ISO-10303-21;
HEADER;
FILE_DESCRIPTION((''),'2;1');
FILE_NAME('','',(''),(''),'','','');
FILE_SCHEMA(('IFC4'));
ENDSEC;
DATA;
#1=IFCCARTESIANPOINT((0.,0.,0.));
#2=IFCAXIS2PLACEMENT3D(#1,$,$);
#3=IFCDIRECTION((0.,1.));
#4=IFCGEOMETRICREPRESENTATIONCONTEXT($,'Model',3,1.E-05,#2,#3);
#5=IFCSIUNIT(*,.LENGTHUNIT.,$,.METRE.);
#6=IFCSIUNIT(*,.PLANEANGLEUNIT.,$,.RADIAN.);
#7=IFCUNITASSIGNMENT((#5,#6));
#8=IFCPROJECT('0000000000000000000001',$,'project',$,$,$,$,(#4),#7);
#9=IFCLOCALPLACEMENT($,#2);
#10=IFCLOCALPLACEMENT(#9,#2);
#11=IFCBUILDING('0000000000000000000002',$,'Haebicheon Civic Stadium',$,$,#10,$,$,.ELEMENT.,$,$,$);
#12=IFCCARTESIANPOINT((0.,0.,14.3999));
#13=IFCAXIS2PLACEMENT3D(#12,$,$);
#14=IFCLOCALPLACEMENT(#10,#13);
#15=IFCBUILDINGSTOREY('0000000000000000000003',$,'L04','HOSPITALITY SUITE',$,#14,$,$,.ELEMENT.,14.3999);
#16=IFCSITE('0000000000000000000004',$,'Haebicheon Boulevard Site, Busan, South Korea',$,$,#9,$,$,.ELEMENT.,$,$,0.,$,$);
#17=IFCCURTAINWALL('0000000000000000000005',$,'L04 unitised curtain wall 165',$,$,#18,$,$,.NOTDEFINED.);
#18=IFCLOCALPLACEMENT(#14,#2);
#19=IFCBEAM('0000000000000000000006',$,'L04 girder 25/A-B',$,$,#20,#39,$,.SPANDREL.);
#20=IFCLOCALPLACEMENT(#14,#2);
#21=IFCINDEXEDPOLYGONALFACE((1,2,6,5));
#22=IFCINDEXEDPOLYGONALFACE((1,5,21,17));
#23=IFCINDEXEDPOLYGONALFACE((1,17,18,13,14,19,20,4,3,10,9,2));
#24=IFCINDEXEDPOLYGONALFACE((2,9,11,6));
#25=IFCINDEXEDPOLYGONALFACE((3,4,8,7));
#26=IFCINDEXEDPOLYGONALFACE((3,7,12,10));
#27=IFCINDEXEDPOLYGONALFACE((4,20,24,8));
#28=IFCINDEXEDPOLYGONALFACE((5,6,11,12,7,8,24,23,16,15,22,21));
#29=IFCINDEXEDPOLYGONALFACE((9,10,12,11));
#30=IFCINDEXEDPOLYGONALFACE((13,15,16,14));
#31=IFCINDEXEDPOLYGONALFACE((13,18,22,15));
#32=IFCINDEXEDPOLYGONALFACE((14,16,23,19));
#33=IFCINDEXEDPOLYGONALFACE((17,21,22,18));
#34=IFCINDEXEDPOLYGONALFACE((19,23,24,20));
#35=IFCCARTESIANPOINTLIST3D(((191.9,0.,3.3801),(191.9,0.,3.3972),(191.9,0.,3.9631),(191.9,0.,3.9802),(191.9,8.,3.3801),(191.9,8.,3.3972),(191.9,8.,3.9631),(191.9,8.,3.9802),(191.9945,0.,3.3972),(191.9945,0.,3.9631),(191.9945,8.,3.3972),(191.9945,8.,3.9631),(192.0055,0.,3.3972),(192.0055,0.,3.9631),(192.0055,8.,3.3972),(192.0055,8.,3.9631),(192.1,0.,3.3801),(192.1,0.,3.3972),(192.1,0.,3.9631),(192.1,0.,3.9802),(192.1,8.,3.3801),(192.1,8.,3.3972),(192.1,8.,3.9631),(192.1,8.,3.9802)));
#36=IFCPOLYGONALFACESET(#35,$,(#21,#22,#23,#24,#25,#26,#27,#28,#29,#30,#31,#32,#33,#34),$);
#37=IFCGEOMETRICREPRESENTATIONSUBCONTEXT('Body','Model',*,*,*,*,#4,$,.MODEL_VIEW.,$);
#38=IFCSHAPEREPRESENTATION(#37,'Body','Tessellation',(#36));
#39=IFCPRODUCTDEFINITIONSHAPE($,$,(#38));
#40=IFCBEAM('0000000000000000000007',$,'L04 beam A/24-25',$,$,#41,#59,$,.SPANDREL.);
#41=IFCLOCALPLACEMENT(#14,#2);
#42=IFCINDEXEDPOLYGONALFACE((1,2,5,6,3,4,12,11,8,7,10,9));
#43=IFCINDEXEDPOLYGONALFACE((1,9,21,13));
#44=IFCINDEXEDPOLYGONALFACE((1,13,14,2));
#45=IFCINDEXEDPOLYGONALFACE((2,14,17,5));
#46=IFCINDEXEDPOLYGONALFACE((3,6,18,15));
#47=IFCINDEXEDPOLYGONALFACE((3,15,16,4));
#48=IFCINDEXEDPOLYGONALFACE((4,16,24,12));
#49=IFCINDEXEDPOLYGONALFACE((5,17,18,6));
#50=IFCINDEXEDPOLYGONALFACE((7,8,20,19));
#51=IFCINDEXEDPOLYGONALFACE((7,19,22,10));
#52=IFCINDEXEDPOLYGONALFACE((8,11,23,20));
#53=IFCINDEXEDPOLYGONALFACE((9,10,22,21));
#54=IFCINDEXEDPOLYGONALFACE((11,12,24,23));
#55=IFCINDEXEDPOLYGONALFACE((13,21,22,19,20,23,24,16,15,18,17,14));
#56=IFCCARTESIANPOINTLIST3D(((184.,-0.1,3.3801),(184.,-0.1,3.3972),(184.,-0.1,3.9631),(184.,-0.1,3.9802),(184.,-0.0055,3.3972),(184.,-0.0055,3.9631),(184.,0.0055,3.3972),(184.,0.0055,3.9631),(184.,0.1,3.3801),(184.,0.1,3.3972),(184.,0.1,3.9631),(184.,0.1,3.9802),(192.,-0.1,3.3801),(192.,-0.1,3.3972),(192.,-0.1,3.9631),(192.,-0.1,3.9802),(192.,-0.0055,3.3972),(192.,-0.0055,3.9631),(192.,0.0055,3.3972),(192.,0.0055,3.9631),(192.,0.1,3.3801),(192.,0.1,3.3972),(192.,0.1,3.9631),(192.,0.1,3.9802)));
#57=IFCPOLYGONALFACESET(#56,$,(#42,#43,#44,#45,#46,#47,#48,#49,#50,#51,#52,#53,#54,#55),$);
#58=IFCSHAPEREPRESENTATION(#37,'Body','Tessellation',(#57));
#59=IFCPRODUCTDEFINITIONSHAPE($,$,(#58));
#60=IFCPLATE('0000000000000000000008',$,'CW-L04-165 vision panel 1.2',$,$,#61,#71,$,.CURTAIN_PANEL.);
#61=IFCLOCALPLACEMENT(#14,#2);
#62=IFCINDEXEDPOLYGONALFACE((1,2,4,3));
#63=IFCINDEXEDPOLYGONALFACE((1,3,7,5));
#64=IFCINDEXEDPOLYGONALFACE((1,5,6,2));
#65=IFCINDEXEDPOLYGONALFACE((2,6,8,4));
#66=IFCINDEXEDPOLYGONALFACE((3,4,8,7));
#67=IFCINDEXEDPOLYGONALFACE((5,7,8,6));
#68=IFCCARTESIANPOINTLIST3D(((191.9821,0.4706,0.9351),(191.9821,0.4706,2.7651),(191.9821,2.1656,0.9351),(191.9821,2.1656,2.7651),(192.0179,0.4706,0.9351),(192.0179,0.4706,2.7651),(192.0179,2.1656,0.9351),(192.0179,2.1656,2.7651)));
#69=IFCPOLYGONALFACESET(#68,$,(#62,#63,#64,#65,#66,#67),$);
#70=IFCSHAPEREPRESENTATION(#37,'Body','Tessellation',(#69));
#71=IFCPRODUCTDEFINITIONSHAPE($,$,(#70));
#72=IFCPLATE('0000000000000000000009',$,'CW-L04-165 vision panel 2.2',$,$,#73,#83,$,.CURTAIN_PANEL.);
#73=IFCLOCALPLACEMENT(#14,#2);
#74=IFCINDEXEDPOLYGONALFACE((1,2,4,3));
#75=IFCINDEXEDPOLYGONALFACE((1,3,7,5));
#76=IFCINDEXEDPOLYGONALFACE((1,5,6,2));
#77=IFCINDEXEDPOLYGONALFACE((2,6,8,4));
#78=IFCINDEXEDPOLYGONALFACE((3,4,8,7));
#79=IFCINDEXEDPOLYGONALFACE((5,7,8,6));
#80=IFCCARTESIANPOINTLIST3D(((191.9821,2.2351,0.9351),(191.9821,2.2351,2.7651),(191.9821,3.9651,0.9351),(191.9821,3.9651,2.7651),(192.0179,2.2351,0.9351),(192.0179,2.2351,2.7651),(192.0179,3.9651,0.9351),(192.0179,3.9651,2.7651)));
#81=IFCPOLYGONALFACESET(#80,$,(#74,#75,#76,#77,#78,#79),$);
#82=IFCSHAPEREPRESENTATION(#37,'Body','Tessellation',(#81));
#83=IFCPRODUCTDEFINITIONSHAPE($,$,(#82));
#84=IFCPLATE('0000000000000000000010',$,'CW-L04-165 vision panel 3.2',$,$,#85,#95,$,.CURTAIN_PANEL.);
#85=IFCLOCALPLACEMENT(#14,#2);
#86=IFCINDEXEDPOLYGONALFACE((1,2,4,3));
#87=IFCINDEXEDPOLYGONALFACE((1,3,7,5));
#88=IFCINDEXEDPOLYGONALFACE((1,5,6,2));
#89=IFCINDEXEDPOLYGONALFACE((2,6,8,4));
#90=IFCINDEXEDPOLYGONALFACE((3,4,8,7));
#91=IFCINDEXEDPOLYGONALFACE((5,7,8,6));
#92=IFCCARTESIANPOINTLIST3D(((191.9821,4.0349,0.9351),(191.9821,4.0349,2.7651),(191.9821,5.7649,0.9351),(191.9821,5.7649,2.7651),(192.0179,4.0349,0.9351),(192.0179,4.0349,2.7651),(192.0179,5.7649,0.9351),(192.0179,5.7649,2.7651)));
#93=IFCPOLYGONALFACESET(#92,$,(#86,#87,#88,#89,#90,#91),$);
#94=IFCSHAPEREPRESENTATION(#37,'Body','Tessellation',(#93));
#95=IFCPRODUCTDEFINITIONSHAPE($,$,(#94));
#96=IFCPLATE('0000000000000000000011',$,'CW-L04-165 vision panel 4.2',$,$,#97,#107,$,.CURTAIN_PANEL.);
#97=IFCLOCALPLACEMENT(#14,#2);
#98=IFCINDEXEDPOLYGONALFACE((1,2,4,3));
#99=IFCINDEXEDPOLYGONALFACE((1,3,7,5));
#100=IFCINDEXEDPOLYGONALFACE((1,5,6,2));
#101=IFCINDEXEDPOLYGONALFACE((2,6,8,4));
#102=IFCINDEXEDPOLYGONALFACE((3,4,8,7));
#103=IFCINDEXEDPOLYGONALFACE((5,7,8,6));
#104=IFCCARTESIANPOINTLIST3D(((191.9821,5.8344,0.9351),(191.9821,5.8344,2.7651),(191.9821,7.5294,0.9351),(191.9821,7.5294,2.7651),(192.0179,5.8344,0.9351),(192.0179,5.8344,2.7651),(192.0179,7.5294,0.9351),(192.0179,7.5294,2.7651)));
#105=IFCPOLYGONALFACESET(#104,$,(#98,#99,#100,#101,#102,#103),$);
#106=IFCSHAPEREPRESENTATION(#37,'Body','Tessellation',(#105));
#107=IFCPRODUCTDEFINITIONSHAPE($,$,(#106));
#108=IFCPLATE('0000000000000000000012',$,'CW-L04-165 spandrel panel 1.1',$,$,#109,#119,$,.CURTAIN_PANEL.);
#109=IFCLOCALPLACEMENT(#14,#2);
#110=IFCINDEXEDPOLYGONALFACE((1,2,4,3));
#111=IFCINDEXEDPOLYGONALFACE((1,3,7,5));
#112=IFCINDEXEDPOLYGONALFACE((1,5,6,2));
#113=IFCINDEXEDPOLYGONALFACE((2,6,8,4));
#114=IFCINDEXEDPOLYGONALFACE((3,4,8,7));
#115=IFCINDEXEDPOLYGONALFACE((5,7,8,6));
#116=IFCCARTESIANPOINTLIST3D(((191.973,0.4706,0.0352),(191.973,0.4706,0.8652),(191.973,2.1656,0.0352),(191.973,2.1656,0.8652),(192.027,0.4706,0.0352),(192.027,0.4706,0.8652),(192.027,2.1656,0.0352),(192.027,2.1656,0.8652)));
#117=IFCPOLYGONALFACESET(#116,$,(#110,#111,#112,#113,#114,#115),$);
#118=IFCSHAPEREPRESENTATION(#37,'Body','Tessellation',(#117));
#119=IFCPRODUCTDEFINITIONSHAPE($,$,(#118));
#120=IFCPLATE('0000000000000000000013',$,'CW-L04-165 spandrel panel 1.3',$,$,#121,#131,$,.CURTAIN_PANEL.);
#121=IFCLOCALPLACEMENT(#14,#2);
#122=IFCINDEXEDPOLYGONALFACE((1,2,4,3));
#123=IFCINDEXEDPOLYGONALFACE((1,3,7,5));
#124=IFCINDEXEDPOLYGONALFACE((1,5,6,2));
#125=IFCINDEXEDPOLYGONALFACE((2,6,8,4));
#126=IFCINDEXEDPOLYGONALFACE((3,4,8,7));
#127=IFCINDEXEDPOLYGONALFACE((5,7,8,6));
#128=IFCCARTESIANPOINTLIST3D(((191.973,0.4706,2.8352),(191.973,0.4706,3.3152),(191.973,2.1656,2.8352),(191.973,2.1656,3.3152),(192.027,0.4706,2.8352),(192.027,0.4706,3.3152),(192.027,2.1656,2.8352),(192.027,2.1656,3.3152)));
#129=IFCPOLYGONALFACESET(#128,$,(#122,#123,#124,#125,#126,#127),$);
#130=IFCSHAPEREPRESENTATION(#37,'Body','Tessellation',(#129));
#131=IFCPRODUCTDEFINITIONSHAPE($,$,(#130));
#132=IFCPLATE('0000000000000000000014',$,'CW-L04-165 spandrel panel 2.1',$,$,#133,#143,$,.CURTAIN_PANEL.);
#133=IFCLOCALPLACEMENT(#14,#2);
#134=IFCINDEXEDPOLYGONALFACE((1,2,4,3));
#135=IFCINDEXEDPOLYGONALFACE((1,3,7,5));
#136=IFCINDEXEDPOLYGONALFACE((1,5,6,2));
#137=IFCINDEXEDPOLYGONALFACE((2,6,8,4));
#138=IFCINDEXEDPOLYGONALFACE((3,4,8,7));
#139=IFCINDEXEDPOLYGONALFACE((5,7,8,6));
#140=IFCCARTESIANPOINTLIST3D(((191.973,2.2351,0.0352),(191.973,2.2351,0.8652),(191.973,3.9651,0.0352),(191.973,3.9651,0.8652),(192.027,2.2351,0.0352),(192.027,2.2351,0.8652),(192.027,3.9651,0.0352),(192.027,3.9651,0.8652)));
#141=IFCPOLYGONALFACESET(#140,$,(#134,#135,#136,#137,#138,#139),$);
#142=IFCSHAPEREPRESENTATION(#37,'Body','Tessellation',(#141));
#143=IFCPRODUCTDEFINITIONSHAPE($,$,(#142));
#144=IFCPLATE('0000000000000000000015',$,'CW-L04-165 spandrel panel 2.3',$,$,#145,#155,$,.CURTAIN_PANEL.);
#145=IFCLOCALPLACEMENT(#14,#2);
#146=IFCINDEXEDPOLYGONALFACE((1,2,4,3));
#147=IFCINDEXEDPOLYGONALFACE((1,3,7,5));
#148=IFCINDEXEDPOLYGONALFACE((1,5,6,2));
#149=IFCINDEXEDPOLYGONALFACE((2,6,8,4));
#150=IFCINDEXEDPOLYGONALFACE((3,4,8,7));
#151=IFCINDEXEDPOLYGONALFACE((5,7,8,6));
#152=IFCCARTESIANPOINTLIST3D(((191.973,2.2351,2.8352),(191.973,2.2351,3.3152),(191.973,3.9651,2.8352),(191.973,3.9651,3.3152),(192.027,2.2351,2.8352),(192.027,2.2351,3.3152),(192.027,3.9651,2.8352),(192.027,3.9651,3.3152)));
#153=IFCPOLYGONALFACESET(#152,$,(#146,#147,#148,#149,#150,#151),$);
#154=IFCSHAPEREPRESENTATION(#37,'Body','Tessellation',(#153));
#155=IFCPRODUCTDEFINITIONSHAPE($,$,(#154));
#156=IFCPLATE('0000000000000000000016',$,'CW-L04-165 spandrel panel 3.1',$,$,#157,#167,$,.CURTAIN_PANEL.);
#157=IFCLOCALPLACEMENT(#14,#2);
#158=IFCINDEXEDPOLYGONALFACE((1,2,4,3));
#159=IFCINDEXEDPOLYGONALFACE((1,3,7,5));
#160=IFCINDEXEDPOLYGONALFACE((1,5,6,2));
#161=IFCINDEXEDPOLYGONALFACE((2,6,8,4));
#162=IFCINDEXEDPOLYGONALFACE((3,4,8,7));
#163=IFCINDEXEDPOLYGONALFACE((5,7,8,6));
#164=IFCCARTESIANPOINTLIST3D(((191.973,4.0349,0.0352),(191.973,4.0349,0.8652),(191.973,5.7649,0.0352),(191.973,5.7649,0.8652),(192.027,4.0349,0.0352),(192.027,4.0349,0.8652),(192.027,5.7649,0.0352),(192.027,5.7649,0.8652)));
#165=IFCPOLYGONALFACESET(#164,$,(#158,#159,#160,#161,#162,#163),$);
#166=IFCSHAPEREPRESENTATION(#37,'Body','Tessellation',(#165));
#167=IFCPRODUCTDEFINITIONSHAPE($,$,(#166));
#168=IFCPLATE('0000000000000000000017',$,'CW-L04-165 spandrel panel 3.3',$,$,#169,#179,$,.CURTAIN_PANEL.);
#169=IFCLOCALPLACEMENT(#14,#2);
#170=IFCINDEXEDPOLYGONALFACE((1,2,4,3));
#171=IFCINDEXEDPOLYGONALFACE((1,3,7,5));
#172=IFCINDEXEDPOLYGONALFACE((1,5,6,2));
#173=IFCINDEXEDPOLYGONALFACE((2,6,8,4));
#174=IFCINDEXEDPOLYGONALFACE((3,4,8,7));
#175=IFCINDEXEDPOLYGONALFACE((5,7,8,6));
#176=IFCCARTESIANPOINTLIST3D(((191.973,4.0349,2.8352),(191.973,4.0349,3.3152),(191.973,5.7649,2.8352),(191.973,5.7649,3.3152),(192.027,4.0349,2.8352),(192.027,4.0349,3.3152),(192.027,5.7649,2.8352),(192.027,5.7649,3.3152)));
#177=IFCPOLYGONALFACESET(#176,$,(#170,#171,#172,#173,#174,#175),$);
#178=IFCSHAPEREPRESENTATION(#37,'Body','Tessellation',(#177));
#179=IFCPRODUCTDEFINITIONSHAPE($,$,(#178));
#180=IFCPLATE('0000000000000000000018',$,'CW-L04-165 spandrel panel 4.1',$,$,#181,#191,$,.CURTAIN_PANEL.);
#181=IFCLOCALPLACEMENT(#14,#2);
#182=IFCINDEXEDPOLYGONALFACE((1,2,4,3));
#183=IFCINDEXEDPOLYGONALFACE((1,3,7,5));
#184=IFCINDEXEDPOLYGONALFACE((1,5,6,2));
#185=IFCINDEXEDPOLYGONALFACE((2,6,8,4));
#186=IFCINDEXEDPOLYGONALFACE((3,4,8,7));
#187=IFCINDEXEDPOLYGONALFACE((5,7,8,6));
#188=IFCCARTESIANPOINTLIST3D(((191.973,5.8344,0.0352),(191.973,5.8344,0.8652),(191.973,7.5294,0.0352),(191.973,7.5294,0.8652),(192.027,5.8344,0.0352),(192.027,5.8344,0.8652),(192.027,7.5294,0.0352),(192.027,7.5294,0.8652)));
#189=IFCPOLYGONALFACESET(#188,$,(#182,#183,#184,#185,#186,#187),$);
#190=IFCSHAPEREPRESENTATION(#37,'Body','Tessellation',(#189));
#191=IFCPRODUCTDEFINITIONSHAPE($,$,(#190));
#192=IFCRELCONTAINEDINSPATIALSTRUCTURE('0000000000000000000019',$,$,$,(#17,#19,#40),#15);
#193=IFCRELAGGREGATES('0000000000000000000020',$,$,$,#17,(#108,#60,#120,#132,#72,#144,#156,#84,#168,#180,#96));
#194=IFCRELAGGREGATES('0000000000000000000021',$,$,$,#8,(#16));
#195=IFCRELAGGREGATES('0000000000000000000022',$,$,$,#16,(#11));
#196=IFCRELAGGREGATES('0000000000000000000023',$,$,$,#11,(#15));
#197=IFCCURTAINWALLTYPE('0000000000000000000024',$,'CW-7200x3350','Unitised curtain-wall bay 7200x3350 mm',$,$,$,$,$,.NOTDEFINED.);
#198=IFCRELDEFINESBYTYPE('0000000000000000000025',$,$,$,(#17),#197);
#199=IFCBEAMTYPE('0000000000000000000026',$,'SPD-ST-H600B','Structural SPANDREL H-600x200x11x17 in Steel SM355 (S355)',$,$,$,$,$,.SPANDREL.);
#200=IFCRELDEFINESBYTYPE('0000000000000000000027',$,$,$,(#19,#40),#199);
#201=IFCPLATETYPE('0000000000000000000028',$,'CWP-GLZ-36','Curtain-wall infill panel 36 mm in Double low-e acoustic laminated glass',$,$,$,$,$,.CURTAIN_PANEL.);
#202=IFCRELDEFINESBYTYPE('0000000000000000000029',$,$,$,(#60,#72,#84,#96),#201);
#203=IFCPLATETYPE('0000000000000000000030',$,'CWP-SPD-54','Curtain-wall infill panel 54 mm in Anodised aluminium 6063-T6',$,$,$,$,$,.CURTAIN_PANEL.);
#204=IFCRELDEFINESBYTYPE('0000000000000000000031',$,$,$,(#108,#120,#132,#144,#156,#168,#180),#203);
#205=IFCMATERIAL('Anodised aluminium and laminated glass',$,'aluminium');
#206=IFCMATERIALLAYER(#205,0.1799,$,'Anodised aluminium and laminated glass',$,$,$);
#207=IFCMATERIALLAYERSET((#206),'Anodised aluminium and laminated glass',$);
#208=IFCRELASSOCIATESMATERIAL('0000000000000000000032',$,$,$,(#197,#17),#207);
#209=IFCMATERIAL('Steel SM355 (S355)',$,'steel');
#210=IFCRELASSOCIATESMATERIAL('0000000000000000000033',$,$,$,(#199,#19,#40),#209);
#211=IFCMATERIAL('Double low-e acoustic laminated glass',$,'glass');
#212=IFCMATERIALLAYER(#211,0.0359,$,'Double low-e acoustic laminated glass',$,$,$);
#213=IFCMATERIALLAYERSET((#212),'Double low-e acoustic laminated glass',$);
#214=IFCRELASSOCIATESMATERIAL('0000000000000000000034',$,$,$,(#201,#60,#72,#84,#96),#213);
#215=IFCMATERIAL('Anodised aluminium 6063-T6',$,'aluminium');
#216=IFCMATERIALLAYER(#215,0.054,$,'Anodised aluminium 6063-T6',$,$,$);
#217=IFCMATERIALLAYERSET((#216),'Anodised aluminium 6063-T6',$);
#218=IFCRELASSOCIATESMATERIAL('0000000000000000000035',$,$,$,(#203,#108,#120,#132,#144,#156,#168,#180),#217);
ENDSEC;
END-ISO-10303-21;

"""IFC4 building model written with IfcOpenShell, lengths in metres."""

from ifc_helpers import new_model, si_unit, direction, frame, origin, origin_2d, place, context, subcontext, project, spatial, rectangle, i_section, extrude, material, layer, layer_set, material_profile, profile_set, type_object, element, aggregate, save


model = new_model("IFC4")

# Units and contexts
model_context = context("Model", 3, precision=1e-05, world=origin(), true_north=direction((0.0, 1.0)))
body_context = subcontext(model_context, "Body", "Model", "MODEL_VIEW")
ifc_project = project(units=[si_unit("LENGTHUNIT", "METRE"), si_unit("PLANEANGLEUNIT", "RADIAN")], contexts=[model_context])

# Site, building, storey
site_placement = place(None, origin())
site = spatial("IfcSite", under=ifc_project, at=site_placement, Name="Haebicheon Boulevard Site, Busan, South Korea", CompositionType="ELEMENT", RefElevation=0.0)
building_placement = place(site_placement, origin())
building = spatial("IfcBuilding", under=site, at=building_placement, Name="Haebicheon Civic Stadium", CompositionType="ELEMENT")
storey_placement = place(building_placement, frame((0.0, 0.0, 14.3999)))
storey = spatial("IfcBuildingStorey", under=building, at=storey_placement, Name="L04", Description="HOSPITALITY SUITE", CompositionType="ELEMENT", Elevation=14.3999)

# Curtain wall
ifc_material_1 = material(Name="Anodised aluminium and laminated glass", Category="aluminium")
ifc_layer_1 = layer(ifc_material_1, 0.1799, Name="Anodised aluminium and laminated glass")
ifc_layer_set_1 = layer_set([ifc_layer_1], Name="Anodised aluminium and laminated glass")
curtain_wall_type = type_object("IfcCurtainWallType", Name="CW-7200x3350", Description="Unitised curtain-wall bay 7200x3350 mm", PredefinedType="NOTDEFINED", material=ifc_layer_set_1)
curtain_wall_placement = place(storey_placement, origin())
curtain_wall = element("IfcCurtainWall", 1, at=curtain_wall_placement, inside=storey, type_object=curtain_wall_type, material=ifc_layer_set_1, Name="L04 unitised curtain wall 165", PredefinedType="NOTDEFINED")

# Beams
ifc_material_2 = material(Name="Steel SM355 (S355)", Category="steel")
ifc_material_profile_1 = material_profile(ifc_material_2, i_section(OverallWidth=0.2, OverallDepth=0.6001, WebThickness=0.011, FlangeThickness=0.0171, at=origin_2d()), Name="H-600x200x11x17")
ifc_profile_set_1 = profile_set([ifc_material_profile_1], Name="Steel SM355 (S355)")
beam_type_1 = type_object("IfcBeamType", Name="SPD-ST-H600B", Description="Structural SPANDREL H-600x200x11x17 in Steel SM355 (S355)", PredefinedType="SPANDREL", material=ifc_profile_set_1)
for number, where, z_axis, x_axis, name in (
    (2, (192.0, 0.0, 3.6802), (0.0, 1.0, 0.0), (-1.0, 0.0, 0.0), "L04 girder 25/A-B"),
    (3, (184.0, 0.0, 3.6802), (1.0, 0.0, 0.0), (0.0, 1.0, 0.0), "L04 beam A/24-25"),
):
    element("IfcBeam", number, at=place(storey_placement, frame(where, z_axis=z_axis, x_axis=x_axis)), inside=storey, type_object=beam_type_1, material=ifc_profile_set_1, Name=name, PredefinedType="SPANDREL", context=body_context, shape_type="SweptSolid", body=[
        extrude(i_section(OverallWidth=0.2, OverallDepth=0.6001, WebThickness=0.011, FlangeThickness=0.0171, at=origin_2d()), origin(), (0.0, 0.0, 1.0), 8.0),
    ])

# Plates
ifc_material_3 = material(Name="Double low-e acoustic laminated glass", Category="glass")
ifc_layer_2 = layer(ifc_material_3, 0.0359, Name="Double low-e acoustic laminated glass")
ifc_layer_set_2 = layer_set([ifc_layer_2], Name="Double low-e acoustic laminated glass")
plate_type_1 = type_object("IfcPlateType", Name="CWP-GLZ-36", Description="Curtain-wall infill panel 36 mm in Double low-e acoustic laminated glass", PredefinedType="CURTAIN_PANEL", material=ifc_layer_set_2)
plate_1_placement = place(storey_placement, frame((192.0, 1.3181, 0.9351), z_axis=(0.0, 0.0, 1.0), x_axis=(0.0, 1.0, 0.0)))
plate_1 = element("IfcPlate", 4, at=plate_1_placement, type_object=plate_type_1, material=ifc_layer_set_2, Name="CW-L04-165 vision panel 1.2", PredefinedType="CURTAIN_PANEL", context=body_context, shape_type="SweptSolid", body=[
    extrude(rectangle(XDim=1.6951, YDim=0.0359, at=origin_2d()), origin(), (0.0, 0.0, 1.0), 1.8301),
])
plate_2_placement = place(storey_placement, frame((192.0, 3.1001, 0.9351), z_axis=(0.0, 0.0, 1.0), x_axis=(0.0, 1.0, 0.0)))
plate_2 = element("IfcPlate", 5, at=plate_2_placement, type_object=plate_type_1, material=ifc_layer_set_2, Name="CW-L04-165 vision panel 2.2", PredefinedType="CURTAIN_PANEL", context=body_context, shape_type="SweptSolid", body=[
    extrude(rectangle(XDim=1.73, YDim=0.0359, at=origin_2d()), origin(), (0.0, 0.0, 1.0), 1.8301),
])
plate_3_placement = place(storey_placement, frame((192.0, 4.8999, 0.9351), z_axis=(0.0, 0.0, 1.0), x_axis=(0.0, 1.0, 0.0)))
plate_3 = element("IfcPlate", 6, at=plate_3_placement, type_object=plate_type_1, material=ifc_layer_set_2, Name="CW-L04-165 vision panel 3.2", PredefinedType="CURTAIN_PANEL", context=body_context, shape_type="SweptSolid", body=[
    extrude(rectangle(XDim=1.73, YDim=0.0359, at=origin_2d()), origin(), (0.0, 0.0, 1.0), 1.8301),
])
plate_4_placement = place(storey_placement, frame((192.0, 6.6819, 0.9351), z_axis=(0.0, 0.0, 1.0), x_axis=(0.0, 1.0, 0.0)))
plate_4 = element("IfcPlate", 7, at=plate_4_placement, type_object=plate_type_1, material=ifc_layer_set_2, Name="CW-L04-165 vision panel 4.2", PredefinedType="CURTAIN_PANEL", context=body_context, shape_type="SweptSolid", body=[
    extrude(rectangle(XDim=1.6951, YDim=0.0359, at=origin_2d()), origin(), (0.0, 0.0, 1.0), 1.8301),
])
ifc_material_4 = material(Name="Anodised aluminium 6063-T6", Category="aluminium")
ifc_layer_3 = layer(ifc_material_4, 0.054, Name="Anodised aluminium 6063-T6")
ifc_layer_set_3 = layer_set([ifc_layer_3], Name="Anodised aluminium 6063-T6")
plate_type_2 = type_object("IfcPlateType", Name="CWP-SPD-54", Description="Curtain-wall infill panel 54 mm in Anodised aluminium 6063-T6", PredefinedType="CURTAIN_PANEL", material=ifc_layer_set_3)
plate_5_placement = place(storey_placement, frame((192.0, 1.3181, 0.0352), z_axis=(0.0, 0.0, 1.0), x_axis=(0.0, 1.0, 0.0)))
plate_5 = element("IfcPlate", 8, at=plate_5_placement, type_object=plate_type_2, material=ifc_layer_set_3, Name="CW-L04-165 spandrel panel 1.1", PredefinedType="CURTAIN_PANEL", context=body_context, shape_type="SweptSolid", body=[
    extrude(rectangle(XDim=1.6951, YDim=0.054, at=origin_2d()), origin(), (0.0, 0.0, 1.0), 0.8301),
])
plate_6_placement = place(storey_placement, frame((192.0, 1.3181, 2.8352), z_axis=(0.0, 0.0, 1.0), x_axis=(0.0, 1.0, 0.0)))
plate_6 = element("IfcPlate", 9, at=plate_6_placement, type_object=plate_type_2, material=ifc_layer_set_3, Name="CW-L04-165 spandrel panel 1.3", PredefinedType="CURTAIN_PANEL", context=body_context, shape_type="SweptSolid", body=[
    extrude(rectangle(XDim=1.6951, YDim=0.054, at=origin_2d()), origin(), (0.0, 0.0, 1.0), 0.48),
])
plate_7_placement = place(storey_placement, frame((192.0, 3.1001, 0.0352), z_axis=(0.0, 0.0, 1.0), x_axis=(0.0, 1.0, 0.0)))
plate_7 = element("IfcPlate", 10, at=plate_7_placement, type_object=plate_type_2, material=ifc_layer_set_3, Name="CW-L04-165 spandrel panel 2.1", PredefinedType="CURTAIN_PANEL", context=body_context, shape_type="SweptSolid", body=[
    extrude(rectangle(XDim=1.73, YDim=0.054, at=origin_2d()), origin(), (0.0, 0.0, 1.0), 0.8301),
])
plate_8_placement = place(storey_placement, frame((192.0, 3.1001, 2.8352), z_axis=(0.0, 0.0, 1.0), x_axis=(0.0, 1.0, 0.0)))
plate_8 = element("IfcPlate", 11, at=plate_8_placement, type_object=plate_type_2, material=ifc_layer_set_3, Name="CW-L04-165 spandrel panel 2.3", PredefinedType="CURTAIN_PANEL", context=body_context, shape_type="SweptSolid", body=[
    extrude(rectangle(XDim=1.73, YDim=0.054, at=origin_2d()), origin(), (0.0, 0.0, 1.0), 0.48),
])
plate_9_placement = place(storey_placement, frame((192.0, 4.8999, 0.0352), z_axis=(0.0, 0.0, 1.0), x_axis=(0.0, 1.0, 0.0)))
plate_9 = element("IfcPlate", 12, at=plate_9_placement, type_object=plate_type_2, material=ifc_layer_set_3, Name="CW-L04-165 spandrel panel 3.1", PredefinedType="CURTAIN_PANEL", context=body_context, shape_type="SweptSolid", body=[
    extrude(rectangle(XDim=1.73, YDim=0.054, at=origin_2d()), origin(), (0.0, 0.0, 1.0), 0.8301),
])
plate_10_placement = place(storey_placement, frame((192.0, 4.8999, 2.8352), z_axis=(0.0, 0.0, 1.0), x_axis=(0.0, 1.0, 0.0)))
plate_10 = element("IfcPlate", 13, at=plate_10_placement, type_object=plate_type_2, material=ifc_layer_set_3, Name="CW-L04-165 spandrel panel 3.3", PredefinedType="CURTAIN_PANEL", context=body_context, shape_type="SweptSolid", body=[
    extrude(rectangle(XDim=1.73, YDim=0.054, at=origin_2d()), origin(), (0.0, 0.0, 1.0), 0.48),
])
plate_11_placement = place(storey_placement, frame((192.0, 6.6819, 0.0352), z_axis=(0.0, 0.0, 1.0), x_axis=(0.0, 1.0, 0.0)))
plate_11 = element("IfcPlate", 14, at=plate_11_placement, type_object=plate_type_2, material=ifc_layer_set_3, Name="CW-L04-165 spandrel panel 4.1", PredefinedType="CURTAIN_PANEL", context=body_context, shape_type="SweptSolid", body=[
    extrude(rectangle(XDim=1.6951, YDim=0.054, at=origin_2d()), origin(), (0.0, 0.0, 1.0), 0.8301),
])
aggregate(curtain_wall, [plate_5, plate_1, plate_6, plate_7, plate_2, plate_8, plate_9, plate_3, plate_10, plate_11, plate_4])

save(model, "model.ifc")
